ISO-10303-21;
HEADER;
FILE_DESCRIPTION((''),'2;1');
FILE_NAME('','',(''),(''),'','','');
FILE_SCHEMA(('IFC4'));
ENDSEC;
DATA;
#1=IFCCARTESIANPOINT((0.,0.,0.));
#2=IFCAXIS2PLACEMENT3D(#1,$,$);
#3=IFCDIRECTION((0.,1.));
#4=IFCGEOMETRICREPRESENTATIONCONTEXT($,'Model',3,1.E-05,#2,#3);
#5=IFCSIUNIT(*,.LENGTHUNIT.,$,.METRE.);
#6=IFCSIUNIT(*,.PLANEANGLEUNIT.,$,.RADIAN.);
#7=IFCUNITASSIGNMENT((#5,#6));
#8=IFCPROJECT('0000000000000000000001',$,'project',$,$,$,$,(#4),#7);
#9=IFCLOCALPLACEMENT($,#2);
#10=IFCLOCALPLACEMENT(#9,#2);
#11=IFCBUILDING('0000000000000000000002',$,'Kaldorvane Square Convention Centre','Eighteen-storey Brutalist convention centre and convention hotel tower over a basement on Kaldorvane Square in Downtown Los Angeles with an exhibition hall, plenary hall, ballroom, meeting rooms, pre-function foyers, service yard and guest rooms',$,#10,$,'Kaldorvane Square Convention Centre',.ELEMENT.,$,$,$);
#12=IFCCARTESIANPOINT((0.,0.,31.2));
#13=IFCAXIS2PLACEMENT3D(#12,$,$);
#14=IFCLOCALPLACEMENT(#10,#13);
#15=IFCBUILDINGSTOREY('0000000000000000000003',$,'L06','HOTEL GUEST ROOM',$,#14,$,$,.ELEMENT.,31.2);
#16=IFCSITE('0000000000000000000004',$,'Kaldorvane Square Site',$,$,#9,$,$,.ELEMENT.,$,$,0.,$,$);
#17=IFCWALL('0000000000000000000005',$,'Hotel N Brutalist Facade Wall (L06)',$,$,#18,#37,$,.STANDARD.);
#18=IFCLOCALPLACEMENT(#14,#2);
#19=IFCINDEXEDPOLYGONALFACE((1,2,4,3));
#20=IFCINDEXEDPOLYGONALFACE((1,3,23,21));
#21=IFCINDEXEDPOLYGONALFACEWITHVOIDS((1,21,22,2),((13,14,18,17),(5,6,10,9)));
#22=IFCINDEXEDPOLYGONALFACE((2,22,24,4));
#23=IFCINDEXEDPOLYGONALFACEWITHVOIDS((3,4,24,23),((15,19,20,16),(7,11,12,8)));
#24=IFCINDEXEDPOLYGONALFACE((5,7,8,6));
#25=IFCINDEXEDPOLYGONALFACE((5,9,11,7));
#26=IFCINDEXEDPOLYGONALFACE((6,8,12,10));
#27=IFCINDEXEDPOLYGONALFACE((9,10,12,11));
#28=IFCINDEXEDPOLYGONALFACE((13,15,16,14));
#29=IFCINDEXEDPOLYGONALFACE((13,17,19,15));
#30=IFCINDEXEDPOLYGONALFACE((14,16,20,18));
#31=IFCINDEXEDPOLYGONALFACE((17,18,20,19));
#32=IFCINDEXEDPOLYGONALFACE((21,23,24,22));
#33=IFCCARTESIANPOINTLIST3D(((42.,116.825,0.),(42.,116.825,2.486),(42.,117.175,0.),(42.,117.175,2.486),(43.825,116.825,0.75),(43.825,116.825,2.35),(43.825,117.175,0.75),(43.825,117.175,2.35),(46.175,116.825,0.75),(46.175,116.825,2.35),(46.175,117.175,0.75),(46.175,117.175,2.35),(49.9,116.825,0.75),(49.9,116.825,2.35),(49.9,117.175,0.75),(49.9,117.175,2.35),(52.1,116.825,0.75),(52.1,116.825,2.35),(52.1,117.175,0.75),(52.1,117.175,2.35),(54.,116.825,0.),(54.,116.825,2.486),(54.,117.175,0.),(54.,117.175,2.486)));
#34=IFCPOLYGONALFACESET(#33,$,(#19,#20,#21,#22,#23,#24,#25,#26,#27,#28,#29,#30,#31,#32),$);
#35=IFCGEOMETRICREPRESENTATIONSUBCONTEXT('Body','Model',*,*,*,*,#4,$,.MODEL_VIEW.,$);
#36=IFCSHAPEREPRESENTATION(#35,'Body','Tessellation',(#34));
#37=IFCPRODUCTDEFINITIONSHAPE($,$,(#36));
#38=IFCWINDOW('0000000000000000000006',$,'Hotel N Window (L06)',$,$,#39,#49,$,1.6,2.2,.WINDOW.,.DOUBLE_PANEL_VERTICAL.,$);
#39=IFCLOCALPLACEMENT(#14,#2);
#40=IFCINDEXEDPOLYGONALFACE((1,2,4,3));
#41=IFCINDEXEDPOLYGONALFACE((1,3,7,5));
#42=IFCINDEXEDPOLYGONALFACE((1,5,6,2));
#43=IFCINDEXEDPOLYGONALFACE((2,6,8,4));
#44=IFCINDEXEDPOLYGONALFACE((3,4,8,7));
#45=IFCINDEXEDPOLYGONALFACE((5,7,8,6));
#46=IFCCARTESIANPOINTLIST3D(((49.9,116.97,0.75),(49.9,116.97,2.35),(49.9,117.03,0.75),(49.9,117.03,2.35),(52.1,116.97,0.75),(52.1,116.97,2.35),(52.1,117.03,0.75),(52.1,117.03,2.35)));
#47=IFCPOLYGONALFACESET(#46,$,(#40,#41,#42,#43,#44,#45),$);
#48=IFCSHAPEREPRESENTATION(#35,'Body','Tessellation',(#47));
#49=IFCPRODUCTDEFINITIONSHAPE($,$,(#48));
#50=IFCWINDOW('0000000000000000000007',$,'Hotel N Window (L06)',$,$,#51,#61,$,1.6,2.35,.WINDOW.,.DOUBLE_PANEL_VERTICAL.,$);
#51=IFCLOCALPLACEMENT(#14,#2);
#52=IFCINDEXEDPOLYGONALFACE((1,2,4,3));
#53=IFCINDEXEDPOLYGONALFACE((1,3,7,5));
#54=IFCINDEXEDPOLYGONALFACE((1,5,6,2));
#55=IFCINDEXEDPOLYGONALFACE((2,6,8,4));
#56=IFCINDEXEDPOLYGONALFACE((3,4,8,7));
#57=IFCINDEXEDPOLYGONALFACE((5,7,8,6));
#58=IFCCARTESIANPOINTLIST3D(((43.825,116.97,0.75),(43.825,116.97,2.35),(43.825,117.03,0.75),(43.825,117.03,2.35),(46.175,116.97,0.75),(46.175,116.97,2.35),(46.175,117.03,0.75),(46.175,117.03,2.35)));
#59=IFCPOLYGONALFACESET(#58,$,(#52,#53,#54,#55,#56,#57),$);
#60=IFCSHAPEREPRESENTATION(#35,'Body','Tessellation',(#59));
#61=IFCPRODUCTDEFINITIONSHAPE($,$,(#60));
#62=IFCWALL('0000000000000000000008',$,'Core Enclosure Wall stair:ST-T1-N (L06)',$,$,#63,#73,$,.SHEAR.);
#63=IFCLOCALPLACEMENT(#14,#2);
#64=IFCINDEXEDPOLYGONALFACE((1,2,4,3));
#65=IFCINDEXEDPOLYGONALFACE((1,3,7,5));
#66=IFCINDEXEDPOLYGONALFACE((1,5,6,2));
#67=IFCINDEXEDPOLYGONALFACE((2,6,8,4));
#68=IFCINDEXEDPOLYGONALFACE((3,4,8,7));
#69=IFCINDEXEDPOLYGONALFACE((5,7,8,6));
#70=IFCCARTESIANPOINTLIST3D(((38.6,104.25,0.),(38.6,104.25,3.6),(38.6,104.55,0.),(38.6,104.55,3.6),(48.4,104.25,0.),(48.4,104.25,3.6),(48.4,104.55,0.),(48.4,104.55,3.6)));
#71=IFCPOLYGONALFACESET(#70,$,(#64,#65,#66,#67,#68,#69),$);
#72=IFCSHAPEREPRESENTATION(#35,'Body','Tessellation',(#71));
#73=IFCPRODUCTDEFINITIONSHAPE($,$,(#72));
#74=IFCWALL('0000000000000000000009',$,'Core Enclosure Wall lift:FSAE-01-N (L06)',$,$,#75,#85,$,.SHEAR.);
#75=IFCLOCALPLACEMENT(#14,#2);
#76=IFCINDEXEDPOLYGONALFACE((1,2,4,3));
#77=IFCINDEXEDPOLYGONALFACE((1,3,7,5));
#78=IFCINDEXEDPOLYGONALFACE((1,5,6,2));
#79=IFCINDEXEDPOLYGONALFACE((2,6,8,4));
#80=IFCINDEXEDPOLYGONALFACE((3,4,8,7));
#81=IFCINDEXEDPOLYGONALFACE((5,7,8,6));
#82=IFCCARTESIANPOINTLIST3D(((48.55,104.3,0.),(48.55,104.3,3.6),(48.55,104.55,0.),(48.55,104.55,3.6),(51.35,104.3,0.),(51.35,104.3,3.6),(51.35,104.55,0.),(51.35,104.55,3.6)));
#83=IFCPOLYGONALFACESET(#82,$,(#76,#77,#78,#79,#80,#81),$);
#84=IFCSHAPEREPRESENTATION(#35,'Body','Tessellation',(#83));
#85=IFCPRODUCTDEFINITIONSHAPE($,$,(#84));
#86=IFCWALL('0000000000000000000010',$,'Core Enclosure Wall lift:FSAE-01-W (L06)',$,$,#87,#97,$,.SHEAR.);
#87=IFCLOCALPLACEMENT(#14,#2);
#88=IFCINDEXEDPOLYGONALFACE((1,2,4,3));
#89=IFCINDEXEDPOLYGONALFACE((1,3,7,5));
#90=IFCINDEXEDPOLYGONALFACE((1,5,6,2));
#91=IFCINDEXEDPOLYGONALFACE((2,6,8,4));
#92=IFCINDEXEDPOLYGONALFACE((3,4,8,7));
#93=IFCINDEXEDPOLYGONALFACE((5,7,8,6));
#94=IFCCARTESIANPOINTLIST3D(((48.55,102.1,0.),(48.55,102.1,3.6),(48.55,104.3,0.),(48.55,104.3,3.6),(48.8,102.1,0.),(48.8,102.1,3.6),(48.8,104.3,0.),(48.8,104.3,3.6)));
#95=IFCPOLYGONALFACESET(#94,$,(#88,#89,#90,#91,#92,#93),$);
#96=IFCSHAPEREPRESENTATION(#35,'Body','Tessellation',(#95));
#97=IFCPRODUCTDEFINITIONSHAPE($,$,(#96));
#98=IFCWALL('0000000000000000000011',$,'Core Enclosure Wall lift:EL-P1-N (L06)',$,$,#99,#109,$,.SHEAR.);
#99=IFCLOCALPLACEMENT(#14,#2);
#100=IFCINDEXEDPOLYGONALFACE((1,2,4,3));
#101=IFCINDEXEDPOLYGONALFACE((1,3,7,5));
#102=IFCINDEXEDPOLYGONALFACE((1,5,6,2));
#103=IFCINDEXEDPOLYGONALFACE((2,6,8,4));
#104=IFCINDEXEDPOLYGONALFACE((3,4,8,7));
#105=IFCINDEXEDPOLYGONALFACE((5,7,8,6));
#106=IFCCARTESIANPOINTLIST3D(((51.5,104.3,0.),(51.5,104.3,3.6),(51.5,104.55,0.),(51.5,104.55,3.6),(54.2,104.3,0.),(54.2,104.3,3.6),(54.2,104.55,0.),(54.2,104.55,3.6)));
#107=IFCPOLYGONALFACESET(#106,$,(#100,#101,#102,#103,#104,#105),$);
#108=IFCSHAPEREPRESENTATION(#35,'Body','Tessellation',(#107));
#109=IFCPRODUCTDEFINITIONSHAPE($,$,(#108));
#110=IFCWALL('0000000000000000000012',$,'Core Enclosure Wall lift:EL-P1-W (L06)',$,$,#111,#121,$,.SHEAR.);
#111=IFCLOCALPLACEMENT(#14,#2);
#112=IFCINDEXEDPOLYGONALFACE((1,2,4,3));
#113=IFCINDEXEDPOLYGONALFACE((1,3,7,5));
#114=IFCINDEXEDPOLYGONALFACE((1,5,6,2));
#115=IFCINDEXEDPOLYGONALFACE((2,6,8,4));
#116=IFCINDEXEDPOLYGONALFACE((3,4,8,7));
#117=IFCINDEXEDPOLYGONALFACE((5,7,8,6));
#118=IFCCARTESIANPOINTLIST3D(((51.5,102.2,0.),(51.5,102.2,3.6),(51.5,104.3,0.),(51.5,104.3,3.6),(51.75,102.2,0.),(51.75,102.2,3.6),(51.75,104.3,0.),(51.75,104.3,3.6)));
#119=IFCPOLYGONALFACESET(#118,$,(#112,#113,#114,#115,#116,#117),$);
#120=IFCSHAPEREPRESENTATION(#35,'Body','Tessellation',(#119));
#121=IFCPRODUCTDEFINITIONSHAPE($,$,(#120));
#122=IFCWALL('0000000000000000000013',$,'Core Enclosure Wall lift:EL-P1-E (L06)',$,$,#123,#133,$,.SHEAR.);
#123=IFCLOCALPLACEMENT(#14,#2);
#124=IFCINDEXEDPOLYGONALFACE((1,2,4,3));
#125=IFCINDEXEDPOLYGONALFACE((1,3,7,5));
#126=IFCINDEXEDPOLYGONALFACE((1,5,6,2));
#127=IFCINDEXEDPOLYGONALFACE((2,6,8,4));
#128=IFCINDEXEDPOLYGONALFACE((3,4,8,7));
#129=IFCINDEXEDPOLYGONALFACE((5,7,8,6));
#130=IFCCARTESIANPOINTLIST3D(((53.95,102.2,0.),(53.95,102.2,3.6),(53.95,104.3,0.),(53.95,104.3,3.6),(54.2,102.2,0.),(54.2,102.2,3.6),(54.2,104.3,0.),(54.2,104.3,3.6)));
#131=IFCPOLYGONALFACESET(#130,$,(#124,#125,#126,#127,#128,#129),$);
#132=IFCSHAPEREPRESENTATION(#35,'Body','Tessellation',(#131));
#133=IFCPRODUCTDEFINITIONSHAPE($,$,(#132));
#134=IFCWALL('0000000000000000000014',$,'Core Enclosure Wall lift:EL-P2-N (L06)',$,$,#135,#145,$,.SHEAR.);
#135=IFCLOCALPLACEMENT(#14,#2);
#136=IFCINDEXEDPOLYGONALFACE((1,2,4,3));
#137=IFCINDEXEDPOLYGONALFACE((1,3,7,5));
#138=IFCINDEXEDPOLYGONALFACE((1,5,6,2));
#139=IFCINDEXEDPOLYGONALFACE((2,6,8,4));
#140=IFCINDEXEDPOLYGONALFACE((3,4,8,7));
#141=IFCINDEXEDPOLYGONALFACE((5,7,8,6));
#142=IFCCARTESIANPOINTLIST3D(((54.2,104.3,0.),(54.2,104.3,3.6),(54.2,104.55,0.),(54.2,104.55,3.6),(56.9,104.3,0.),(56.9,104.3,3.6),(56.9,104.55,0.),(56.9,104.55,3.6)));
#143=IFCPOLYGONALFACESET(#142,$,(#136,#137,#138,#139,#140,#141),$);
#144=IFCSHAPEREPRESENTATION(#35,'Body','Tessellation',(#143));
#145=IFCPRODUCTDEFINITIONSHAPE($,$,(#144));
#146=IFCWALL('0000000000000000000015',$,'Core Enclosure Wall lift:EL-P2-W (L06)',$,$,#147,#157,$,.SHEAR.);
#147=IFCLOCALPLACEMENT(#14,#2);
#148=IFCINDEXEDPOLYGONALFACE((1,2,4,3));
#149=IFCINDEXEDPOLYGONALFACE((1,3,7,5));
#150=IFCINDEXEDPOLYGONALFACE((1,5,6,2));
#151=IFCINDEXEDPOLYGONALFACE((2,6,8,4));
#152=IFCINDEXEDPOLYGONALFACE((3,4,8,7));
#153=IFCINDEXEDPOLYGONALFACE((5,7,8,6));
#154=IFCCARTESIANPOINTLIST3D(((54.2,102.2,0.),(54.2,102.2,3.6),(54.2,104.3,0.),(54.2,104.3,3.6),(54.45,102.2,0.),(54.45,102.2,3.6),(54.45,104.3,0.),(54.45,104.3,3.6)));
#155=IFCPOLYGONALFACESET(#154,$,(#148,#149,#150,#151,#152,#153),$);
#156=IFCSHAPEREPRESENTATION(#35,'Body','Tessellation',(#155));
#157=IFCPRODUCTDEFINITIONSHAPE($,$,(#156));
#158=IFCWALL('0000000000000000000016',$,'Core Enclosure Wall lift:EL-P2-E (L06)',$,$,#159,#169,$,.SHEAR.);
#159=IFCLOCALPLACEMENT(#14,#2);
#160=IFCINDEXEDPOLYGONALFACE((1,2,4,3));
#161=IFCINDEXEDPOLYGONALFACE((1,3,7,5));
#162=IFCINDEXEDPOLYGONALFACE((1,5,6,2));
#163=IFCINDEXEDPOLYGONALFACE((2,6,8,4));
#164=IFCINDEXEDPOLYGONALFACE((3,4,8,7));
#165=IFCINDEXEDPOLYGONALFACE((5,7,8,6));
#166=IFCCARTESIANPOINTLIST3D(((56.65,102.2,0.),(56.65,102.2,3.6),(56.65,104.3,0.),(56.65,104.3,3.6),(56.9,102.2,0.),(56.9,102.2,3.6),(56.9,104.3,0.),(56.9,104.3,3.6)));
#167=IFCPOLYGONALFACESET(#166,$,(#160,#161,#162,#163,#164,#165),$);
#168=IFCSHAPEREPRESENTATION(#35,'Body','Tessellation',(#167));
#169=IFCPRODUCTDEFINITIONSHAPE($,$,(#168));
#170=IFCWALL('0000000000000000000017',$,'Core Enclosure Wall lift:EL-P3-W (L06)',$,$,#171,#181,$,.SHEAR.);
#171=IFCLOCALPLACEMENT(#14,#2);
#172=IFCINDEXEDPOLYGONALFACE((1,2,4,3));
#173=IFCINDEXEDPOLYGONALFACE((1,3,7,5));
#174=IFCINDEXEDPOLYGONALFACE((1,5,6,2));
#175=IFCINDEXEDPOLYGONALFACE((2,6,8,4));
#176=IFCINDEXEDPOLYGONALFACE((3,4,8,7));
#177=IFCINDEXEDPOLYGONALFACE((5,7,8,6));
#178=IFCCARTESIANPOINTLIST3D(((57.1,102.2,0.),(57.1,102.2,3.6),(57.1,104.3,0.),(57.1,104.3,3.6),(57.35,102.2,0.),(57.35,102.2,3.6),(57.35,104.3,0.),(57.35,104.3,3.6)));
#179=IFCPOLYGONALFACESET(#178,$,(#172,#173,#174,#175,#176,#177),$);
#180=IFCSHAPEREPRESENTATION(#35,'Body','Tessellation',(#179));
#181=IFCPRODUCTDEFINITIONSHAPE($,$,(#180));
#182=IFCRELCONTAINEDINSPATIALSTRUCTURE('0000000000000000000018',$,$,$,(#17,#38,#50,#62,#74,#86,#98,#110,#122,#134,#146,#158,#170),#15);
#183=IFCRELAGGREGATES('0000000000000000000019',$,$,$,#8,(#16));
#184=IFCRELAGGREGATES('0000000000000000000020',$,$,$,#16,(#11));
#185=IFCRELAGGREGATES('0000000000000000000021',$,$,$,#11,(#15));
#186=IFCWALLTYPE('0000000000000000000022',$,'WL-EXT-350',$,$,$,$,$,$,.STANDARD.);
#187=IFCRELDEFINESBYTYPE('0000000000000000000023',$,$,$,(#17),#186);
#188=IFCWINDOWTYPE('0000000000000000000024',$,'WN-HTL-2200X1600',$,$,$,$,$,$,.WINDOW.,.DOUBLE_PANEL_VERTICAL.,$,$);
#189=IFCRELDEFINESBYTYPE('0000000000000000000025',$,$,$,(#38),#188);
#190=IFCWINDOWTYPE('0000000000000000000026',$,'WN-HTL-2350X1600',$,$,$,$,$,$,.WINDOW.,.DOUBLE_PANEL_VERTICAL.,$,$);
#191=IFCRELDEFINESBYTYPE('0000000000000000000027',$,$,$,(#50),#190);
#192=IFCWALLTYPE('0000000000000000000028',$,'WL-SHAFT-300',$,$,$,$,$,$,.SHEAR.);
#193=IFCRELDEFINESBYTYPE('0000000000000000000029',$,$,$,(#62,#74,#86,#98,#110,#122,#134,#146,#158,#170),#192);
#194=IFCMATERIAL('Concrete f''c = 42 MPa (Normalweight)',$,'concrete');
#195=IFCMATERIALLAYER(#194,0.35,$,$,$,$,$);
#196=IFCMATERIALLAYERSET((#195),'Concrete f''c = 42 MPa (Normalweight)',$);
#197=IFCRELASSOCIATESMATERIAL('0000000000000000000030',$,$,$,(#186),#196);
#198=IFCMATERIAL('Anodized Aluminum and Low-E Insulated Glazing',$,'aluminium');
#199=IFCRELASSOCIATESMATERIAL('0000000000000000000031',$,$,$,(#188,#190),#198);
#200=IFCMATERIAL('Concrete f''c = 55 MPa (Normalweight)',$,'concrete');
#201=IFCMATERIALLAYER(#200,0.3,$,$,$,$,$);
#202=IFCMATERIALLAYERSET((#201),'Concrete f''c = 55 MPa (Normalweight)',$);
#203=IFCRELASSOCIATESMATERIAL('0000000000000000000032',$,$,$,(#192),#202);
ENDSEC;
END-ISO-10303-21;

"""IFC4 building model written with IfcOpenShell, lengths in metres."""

from ifc_helpers import new_model, si_unit, direction, frame, frame_2d, origin, place, context, subcontext, project, spatial, rectangle, extrude, material, layer, layer_set, type_object, element, fill, save


model = new_model("IFC4")

# Units and contexts
model_context = context("Model", 3, precision=1e-05, world=origin(), true_north=direction((0.0, 1.0)))
body_context = subcontext(model_context, "Body", "Model", "MODEL_VIEW")
ifc_project = project(units=[si_unit("LENGTHUNIT", "METRE"), si_unit("PLANEANGLEUNIT", "RADIAN")], contexts=[model_context])

# Site, building, storey
site_placement = place(None, origin())
site = spatial("IfcSite", under=ifc_project, at=site_placement, Name="Kaldorvane Square Site", CompositionType="ELEMENT", RefElevation=0.0)
building_placement = place(site_placement, origin())
building = spatial("IfcBuilding", under=site, at=building_placement, Name="Kaldorvane Square Convention Centre", Description="Eighteen-storey Brutalist convention centre and convention hotel tower over a basement on Kaldorvane Square in Downtown Los Angeles with an exhibition hall, plenary hall, ballroom, meeting rooms, pre-function foyers, service yard and guest rooms", LongName="Kaldorvane Square Convention Centre", CompositionType="ELEMENT")
storey_placement = place(building_placement, frame((0.0, 0.0, 31.2)))
storey = spatial("IfcBuildingStorey", under=building, at=storey_placement, Name="L06", Description="HOTEL GUEST ROOM", CompositionType="ELEMENT", Elevation=31.2)

# Shared definitions
ifc_material_1 = material(Name="Concrete f'c = 55 MPa (Normalweight)", Category="concrete")

# Shared definitions
ifc_material_2 = material(Name="Concrete f'c = 42 MPa (Normalweight)", Category="concrete")

# Wall, openings, windows
ifc_layer_1 = layer(ifc_material_2, 0.35)
ifc_layer_set_1 = layer_set([ifc_layer_1], Name="Concrete f'c = 42 MPa (Normalweight)")
wall_type_1 = type_object("IfcWallType", Name="WL-EXT-350", PredefinedType="STANDARD", material=ifc_layer_set_1)
wall_1_placement = place(storey_placement, frame((54.0, 117.0, 0.0), z_axis=(0.0, 0.0, 1.0), x_axis=(-1.0, 0.0, 0.0)))
wall_1 = element("IfcWall", 1, at=wall_1_placement, inside=storey, type_object=wall_type_1, Name="Hotel N Brutalist Facade Wall (L06)", PredefinedType="STANDARD", context=body_context, shape_type="SweptSolid", body=[
    extrude(rectangle(XDim=12.0, YDim=0.35, at=frame_2d((6.0, 0.0))), origin(), (0.0, 0.0, 1.0), 2.486),
])
opening_1_placement = place(wall_1_placement, frame((1.9, 0.0, 0.75)))
opening_1 = element("IfcOpeningElement", 2, at=opening_1_placement, cuts=wall_1, PredefinedType="OPENING", context=body_context, shape_type="SweptSolid", body=[
    extrude(rectangle(XDim=2.2, YDim=1.6, at=frame_2d((1.1, 0.8))), frame((0.0, 0.19, 0.0), z_axis=(0.0, -1.0, 0.0), x_axis=(1.0, 0.0, 0.0)), (0.0, 0.0, 1.0), 0.38),
])
opening_2_placement = place(wall_1_placement, frame((7.825, 0.0, 0.75)))
opening_2 = element("IfcOpeningElement", 3, at=opening_2_placement, cuts=wall_1, PredefinedType="OPENING", context=body_context, shape_type="SweptSolid", body=[
    extrude(rectangle(XDim=2.35, YDim=1.6, at=frame_2d((1.175, 0.8))), frame((0.0, 0.19, 0.0), z_axis=(0.0, -1.0, 0.0), x_axis=(1.0, 0.0, 0.0)), (0.0, 0.0, 1.0), 0.38),
])
ifc_material_3 = material(Name="Anodized Aluminum and Low-E Insulated Glazing", Category="aluminium")
window_type_1 = type_object("IfcWindowType", Name="WN-HTL-2200X1600", PartitioningType="DOUBLE_PANEL_VERTICAL", PredefinedType="WINDOW", material=ifc_material_3)
window_1_placement = place(opening_1_placement, origin())
window_1 = element("IfcWindow", 4, at=window_1_placement, inside=storey, type_object=window_type_1, Name="Hotel N Window (L06)", OverallHeight=1.6, OverallWidth=2.2, PartitioningType="DOUBLE_PANEL_VERTICAL", PredefinedType="WINDOW", context=body_context, shape_type="SweptSolid", body=[
    extrude(rectangle(XDim=2.2, YDim=1.6, at=frame_2d((1.1, 0.8))), frame((0.0, 0.03, 0.0), z_axis=(0.0, -1.0, 0.0), x_axis=(1.0, 0.0, 0.0)), (0.0, 0.0, 1.0), 0.06),
])
fill(opening_1, window_1)
window_type_2 = type_object("IfcWindowType", Name="WN-HTL-2350X1600", PartitioningType="DOUBLE_PANEL_VERTICAL", PredefinedType="WINDOW", material=ifc_material_3)
window_2_placement = place(opening_2_placement, origin())
window_2 = element("IfcWindow", 5, at=window_2_placement, inside=storey, type_object=window_type_2, Name="Hotel N Window (L06)", OverallHeight=1.6, OverallWidth=2.35, PartitioningType="DOUBLE_PANEL_VERTICAL", PredefinedType="WINDOW", context=body_context, shape_type="SweptSolid", body=[
    extrude(rectangle(XDim=2.35, YDim=1.6, at=frame_2d((1.175, 0.8))), frame((0.0, 0.03, 0.0), z_axis=(0.0, -1.0, 0.0), x_axis=(1.0, 0.0, 0.0)), (0.0, 0.0, 1.0), 0.06),
])
fill(opening_2, window_2)

# Walls
ifc_layer_2 = layer(ifc_material_1, 0.3)
ifc_layer_set_2 = layer_set([ifc_layer_2], Name="Concrete f'c = 55 MPa (Normalweight)")
wall_type_2 = type_object("IfcWallType", Name="WL-SHAFT-300", PredefinedType="SHEAR", material=ifc_layer_set_2)
wall_2_placement = place(storey_placement, frame((48.4, 104.4, 0.0), z_axis=(0.0, 0.0, 1.0), x_axis=(-1.0, 0.0, 0.0)))
element("IfcWall", 6, at=wall_2_placement, inside=storey, type_object=wall_type_2, Name="Core Enclosure Wall stair:ST-T1-N (L06)", PredefinedType="SHEAR", context=body_context, shape_type="SweptSolid", body=[
    extrude(rectangle(XDim=9.8, YDim=0.3, at=frame_2d((4.9, 0.0))), origin(), (0.0, 0.0, 1.0), 3.6),
])
wall_3_placement = place(storey_placement, frame((51.35, 104.425, 0.0), z_axis=(0.0, 0.0, 1.0), x_axis=(-1.0, 0.0, 0.0)))
element("IfcWall", 7, at=wall_3_placement, inside=storey, type_object=wall_type_2, Name="Core Enclosure Wall lift:FSAE-01-N (L06)", PredefinedType="SHEAR", context=body_context, shape_type="SweptSolid", body=[
    extrude(rectangle(XDim=2.8, YDim=0.25, at=frame_2d((1.4, 0.0))), origin(), (0.0, 0.0, 1.0), 3.6),
])
wall_4_placement = place(storey_placement, frame((48.675, 104.3, 0.0), z_axis=(0.0, 0.0, 1.0), x_axis=(0.0, -1.0, 0.0)))
element("IfcWall", 8, at=wall_4_placement, inside=storey, type_object=wall_type_2, Name="Core Enclosure Wall lift:FSAE-01-W (L06)", PredefinedType="SHEAR", context=body_context, shape_type="SweptSolid", body=[
    extrude(rectangle(XDim=2.2, YDim=0.25, at=frame_2d((1.1, 0.0))), origin(), (0.0, 0.0, 1.0), 3.6),
])
wall_5_placement = place(storey_placement, frame((54.2, 104.425, 0.0), z_axis=(0.0, 0.0, 1.0), x_axis=(-1.0, 0.0, 0.0)))
element("IfcWall", 9, at=wall_5_placement, inside=storey, type_object=wall_type_2, Name="Core Enclosure Wall lift:EL-P1-N (L06)", PredefinedType="SHEAR", context=body_context, shape_type="SweptSolid", body=[
    extrude(rectangle(XDim=2.7, YDim=0.25, at=frame_2d((1.35, 0.0))), origin(), (0.0, 0.0, 1.0), 3.6),
])
for number, where, z_axis, x_axis, name in (
    (10, (51.625, 104.3, 0.0), (0.0, 0.0, 1.0), (0.0, -1.0, 0.0), "Core Enclosure Wall lift:EL-P1-W (L06)"),
    (11, (54.075, 102.2, 0.0), (0.0, 0.0, 1.0), (0.0, 1.0, 0.0), "Core Enclosure Wall lift:EL-P1-E (L06)"),
):
    element("IfcWall", number, at=place(storey_placement, frame(where, z_axis=z_axis, x_axis=x_axis)), inside=storey, type_object=wall_type_2, Name=name, PredefinedType="SHEAR", context=body_context, shape_type="SweptSolid", body=[
        extrude(rectangle(XDim=2.1, YDim=0.25, at=frame_2d((1.05, 0.0))), origin(), (0.0, 0.0, 1.0), 3.6),
    ])
wall_6_placement = place(storey_placement, frame((56.9, 104.425, 0.0), z_axis=(0.0, 0.0, 1.0), x_axis=(-1.0, 0.0, 0.0)))
element("IfcWall", 12, at=wall_6_placement, inside=storey, type_object=wall_type_2, Name="Core Enclosure Wall lift:EL-P2-N (L06)", PredefinedType="SHEAR", context=body_context, shape_type="SweptSolid", body=[
    extrude(rectangle(XDim=2.7, YDim=0.25, at=frame_2d((1.35, 0.0))), origin(), (0.0, 0.0, 1.0), 3.6),
])
for number, where, z_axis, x_axis, name in (
    (13, (54.325, 104.3, 0.0), (0.0, 0.0, 1.0), (0.0, -1.0, 0.0), "Core Enclosure Wall lift:EL-P2-W (L06)"),
    (14, (56.775, 102.2, 0.0), (0.0, 0.0, 1.0), (0.0, 1.0, 0.0), "Core Enclosure Wall lift:EL-P2-E (L06)"),
    (15, (57.225, 104.3, 0.0), (0.0, 0.0, 1.0), (0.0, -1.0, 0.0), "Core Enclosure Wall lift:EL-P3-W (L06)"),
):
    element("IfcWall", number, at=place(storey_placement, frame(where, z_axis=z_axis, x_axis=x_axis)), inside=storey, type_object=wall_type_2, Name=name, PredefinedType="SHEAR", context=body_context, shape_type="SweptSolid", body=[
        extrude(rectangle(XDim=2.1, YDim=0.25, at=frame_2d((1.05, 0.0))), origin(), (0.0, 0.0, 1.0), 3.6),
    ])

save(model, "model.ifc")
